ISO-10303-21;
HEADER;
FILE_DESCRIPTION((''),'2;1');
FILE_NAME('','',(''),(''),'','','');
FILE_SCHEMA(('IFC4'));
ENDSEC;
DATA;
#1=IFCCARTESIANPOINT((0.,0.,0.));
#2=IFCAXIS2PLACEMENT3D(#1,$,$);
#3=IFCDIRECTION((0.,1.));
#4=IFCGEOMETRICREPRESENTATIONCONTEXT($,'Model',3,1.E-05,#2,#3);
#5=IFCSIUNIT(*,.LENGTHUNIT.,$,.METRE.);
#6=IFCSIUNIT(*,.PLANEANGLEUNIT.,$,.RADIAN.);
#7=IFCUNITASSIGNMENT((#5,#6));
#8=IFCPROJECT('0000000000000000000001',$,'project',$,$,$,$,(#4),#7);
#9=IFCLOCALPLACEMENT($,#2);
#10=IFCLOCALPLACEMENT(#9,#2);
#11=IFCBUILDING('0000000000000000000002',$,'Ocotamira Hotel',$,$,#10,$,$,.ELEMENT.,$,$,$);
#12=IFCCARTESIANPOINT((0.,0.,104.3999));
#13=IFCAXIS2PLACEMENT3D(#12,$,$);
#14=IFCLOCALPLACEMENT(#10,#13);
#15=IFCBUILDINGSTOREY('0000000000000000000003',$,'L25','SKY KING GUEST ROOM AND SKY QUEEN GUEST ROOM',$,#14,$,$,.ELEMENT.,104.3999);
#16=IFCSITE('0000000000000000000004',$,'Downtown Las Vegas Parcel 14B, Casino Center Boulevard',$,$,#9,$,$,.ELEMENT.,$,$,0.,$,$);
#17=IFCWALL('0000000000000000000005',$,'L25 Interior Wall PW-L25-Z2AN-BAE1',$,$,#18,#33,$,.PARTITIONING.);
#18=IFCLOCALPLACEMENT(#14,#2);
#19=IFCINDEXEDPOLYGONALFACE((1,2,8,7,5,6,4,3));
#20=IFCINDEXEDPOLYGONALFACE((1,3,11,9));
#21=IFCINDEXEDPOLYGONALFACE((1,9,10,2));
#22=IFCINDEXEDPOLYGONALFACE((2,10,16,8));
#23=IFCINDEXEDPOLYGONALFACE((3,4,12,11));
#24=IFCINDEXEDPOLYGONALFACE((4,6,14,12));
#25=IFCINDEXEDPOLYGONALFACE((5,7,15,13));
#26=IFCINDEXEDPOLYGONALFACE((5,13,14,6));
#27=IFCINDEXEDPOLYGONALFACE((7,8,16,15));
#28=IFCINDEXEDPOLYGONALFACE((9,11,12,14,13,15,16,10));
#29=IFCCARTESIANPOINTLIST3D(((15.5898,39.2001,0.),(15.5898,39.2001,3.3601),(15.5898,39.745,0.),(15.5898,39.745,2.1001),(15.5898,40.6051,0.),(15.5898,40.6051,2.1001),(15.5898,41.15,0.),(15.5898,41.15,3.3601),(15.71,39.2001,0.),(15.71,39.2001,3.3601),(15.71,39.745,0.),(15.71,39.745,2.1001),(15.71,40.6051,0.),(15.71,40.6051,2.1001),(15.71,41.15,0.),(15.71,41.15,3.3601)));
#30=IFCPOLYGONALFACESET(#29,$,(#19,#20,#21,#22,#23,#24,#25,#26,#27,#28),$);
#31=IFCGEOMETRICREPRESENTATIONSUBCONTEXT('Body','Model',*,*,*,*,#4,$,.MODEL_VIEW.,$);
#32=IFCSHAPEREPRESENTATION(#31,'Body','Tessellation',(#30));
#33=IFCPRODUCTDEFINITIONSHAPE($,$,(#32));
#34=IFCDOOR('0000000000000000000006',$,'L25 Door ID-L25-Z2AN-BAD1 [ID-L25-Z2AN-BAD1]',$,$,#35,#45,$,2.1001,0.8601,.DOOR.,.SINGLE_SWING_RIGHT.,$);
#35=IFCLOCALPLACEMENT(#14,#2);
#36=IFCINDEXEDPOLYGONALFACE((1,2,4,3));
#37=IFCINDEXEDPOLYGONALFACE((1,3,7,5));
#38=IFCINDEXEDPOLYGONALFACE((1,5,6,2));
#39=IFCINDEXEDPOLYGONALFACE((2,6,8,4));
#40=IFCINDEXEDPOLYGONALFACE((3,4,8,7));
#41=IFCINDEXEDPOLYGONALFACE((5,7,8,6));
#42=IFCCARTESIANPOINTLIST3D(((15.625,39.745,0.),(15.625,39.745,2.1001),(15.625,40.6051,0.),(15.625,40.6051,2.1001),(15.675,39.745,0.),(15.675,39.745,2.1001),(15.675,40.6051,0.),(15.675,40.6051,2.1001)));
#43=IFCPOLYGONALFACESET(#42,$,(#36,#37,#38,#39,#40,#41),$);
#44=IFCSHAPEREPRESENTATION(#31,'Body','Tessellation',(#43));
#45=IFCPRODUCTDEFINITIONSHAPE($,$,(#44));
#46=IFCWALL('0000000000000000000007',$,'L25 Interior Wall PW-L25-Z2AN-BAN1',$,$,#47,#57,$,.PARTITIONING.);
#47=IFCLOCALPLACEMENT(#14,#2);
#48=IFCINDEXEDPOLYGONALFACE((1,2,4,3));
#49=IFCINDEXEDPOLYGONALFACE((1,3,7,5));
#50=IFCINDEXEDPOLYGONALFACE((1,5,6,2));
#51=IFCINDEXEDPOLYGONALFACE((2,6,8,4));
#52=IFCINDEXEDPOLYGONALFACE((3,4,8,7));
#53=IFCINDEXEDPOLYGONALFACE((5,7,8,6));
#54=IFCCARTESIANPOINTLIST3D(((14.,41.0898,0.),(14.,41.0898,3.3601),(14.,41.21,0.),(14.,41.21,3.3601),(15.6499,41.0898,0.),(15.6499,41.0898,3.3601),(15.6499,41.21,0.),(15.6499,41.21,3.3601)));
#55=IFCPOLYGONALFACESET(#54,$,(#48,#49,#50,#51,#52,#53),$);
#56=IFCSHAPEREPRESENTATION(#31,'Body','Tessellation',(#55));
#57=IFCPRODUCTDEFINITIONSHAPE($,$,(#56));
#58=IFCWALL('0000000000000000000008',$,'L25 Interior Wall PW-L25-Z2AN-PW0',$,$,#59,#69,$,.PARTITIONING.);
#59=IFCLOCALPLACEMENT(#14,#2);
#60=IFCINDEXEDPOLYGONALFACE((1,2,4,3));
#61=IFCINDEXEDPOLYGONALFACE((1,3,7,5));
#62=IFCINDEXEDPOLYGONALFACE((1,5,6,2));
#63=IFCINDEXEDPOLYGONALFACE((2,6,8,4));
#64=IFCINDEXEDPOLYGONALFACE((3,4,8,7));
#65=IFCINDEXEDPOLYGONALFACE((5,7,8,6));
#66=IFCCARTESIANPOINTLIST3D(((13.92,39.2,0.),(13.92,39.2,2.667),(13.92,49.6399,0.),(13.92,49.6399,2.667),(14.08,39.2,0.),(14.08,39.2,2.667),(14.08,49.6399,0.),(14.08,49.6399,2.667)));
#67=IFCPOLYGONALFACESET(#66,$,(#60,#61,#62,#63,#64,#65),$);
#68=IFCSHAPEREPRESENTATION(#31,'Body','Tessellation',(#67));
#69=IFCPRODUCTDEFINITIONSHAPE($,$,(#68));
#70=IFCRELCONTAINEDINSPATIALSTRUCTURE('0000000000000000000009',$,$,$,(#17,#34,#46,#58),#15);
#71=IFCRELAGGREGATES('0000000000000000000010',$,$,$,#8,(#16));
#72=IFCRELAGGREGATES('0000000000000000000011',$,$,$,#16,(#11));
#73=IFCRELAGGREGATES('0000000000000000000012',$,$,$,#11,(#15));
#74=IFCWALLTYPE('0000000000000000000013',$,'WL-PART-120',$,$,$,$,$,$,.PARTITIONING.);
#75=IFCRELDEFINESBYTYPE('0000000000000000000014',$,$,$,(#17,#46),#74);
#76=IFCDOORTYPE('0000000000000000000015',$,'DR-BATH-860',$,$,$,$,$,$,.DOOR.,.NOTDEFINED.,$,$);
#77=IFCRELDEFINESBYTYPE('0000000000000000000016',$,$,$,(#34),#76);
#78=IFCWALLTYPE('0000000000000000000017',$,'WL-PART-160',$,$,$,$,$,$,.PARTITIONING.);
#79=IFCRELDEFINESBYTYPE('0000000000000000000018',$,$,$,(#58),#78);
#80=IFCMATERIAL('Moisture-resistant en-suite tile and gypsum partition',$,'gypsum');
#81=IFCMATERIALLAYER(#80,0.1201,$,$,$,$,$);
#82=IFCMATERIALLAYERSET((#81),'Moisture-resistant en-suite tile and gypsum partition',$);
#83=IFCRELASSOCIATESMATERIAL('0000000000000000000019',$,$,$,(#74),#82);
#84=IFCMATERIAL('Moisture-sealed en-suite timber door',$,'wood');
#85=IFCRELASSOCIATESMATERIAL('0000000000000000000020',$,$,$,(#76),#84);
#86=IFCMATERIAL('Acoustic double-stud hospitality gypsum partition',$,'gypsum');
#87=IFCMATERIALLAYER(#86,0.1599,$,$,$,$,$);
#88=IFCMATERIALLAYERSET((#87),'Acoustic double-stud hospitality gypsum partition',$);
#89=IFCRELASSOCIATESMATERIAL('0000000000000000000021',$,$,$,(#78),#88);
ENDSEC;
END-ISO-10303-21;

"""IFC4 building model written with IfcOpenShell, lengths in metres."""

from ifc_helpers import new_model, si_unit, direction, frame, frame_2d, origin, place, context, subcontext, project, spatial, rectangle, extrude, source, transform, mapped, material, layer, layer_set, type_object, element, fill, save


model = new_model("IFC4")

# Units and contexts
model_context = context("Model", 3, precision=1e-05, world=origin(), true_north=direction((0.0, 1.0)))
body_context = subcontext(model_context, "Body", "Model", "MODEL_VIEW")
ifc_project = project(units=[si_unit("LENGTHUNIT", "METRE"), si_unit("PLANEANGLEUNIT", "RADIAN")], contexts=[model_context])

# Site, building, storey
site_placement = place(None, origin())
site = spatial("IfcSite", under=ifc_project, at=site_placement, Name="Downtown Las Vegas Parcel 14B, Casino Center Boulevard", CompositionType="ELEMENT", RefElevation=0.0)
building_placement = place(site_placement, origin())
building = spatial("IfcBuilding", under=site, at=building_placement, Name="Ocotamira Hotel", CompositionType="ELEMENT")
storey_placement = place(building_placement, frame((0.0, 0.0, 104.3999)))
storey = spatial("IfcBuildingStorey", under=building, at=storey_placement, Name="L25", Description="SKY KING GUEST ROOM AND SKY QUEEN GUEST ROOM", CompositionType="ELEMENT", Elevation=104.3999)

# Wall, opening, door
ifc_material_1 = material(Name="Moisture-resistant en-suite tile and gypsum partition", Category="gypsum")
ifc_layer_1 = layer(ifc_material_1, 0.1201)
ifc_layer_set_1 = layer_set([ifc_layer_1], Name="Moisture-resistant en-suite tile and gypsum partition")
wall_type_1 = type_object("IfcWallType", Name="WL-PART-120", PredefinedType="PARTITIONING", material=ifc_layer_set_1)
wall_1_placement = place(storey_placement, frame((15.6499, 39.2, 0.0), z_axis=(0.0, 0.0, 1.0), x_axis=(0.0, 1.0, 0.0)))
wall_1 = element("IfcWall", 1, at=wall_1_placement, inside=storey, type_object=wall_type_1, Name="L25 Interior Wall PW-L25-Z2AN-BAE1", PredefinedType="PARTITIONING", context=body_context, shape_type="SweptSolid", body=[
    extrude(rectangle(XDim=1.95, YDim=0.1201, at=frame_2d((0.9751, 0.0))), origin(), (0.0, 0.0, 1.0), 3.3601),
])
opening_1_placement = place(wall_1_placement, frame((0.5449, 0.0, 0.0)))
opening_1 = element("IfcOpeningElement", 2, at=opening_1_placement, cuts=wall_1, PredefinedType="OPENING", context=body_context, shape_type="SweptSolid", body=[
    extrude(rectangle(XDim=0.8601, YDim=2.1001, at=frame_2d((0.4302, 1.05))), frame((0.0, 0.0701, 0.0), z_axis=(0.0, -1.0, 0.0), x_axis=(1.0, 0.0, 0.0)), (0.0, 0.0, 1.0), 0.1401),
])
ifc_material_2 = material(Name="Moisture-sealed en-suite timber door", Category="wood")
door_type_1 = type_object("IfcDoorType", Name="DR-BATH-860", OperationType="NOTDEFINED", PredefinedType="DOOR", material=ifc_material_2)
shared_shape_1 = source(origin(), body_context, "Body", "SweptSolid", [
    extrude(rectangle(XDim=0.8601, YDim=2.1001, at=frame_2d((0.4302, 1.05))), frame((0.0, 0.0249, 0.0), z_axis=(0.0, -1.0, 0.0), x_axis=(1.0, 0.0, 0.0)), (0.0, 0.0, 1.0), 0.05),
])
door_1_placement = place(opening_1_placement, origin())
door_1 = element("IfcDoor", 3, at=door_1_placement, inside=storey, type_object=door_type_1, Name="L25 Door ID-L25-Z2AN-BAD1 [ID-L25-Z2AN-BAD1]", OperationType="SINGLE_SWING_RIGHT", OverallHeight=2.1001, OverallWidth=0.8601, PredefinedType="DOOR", context=body_context, shape_type="MappedRepresentation", body=[
    mapped(shared_shape_1, transform((0.0, 0.0, 0.0), scale=1.0)),
])
fill(opening_1, door_1)

# Walls
wall_2_placement = place(storey_placement, frame((14.0, 41.1499, 0.0), z_axis=(0.0, 0.0, 1.0), x_axis=(1.0, 0.0, 0.0)))
element("IfcWall", 4, at=wall_2_placement, inside=storey, type_object=wall_type_1, Name="L25 Interior Wall PW-L25-Z2AN-BAN1", PredefinedType="PARTITIONING", context=body_context, shape_type="SweptSolid", body=[
    extrude(rectangle(XDim=1.6499, YDim=0.1201, at=frame_2d((0.825, 0.0))), origin(), (0.0, 0.0, 1.0), 3.3601),
])
ifc_material_3 = material(Name="Acoustic double-stud hospitality gypsum partition", Category="gypsum")
ifc_layer_2 = layer(ifc_material_3, 0.1599)
ifc_layer_set_2 = layer_set([ifc_layer_2], Name="Acoustic double-stud hospitality gypsum partition")
wall_type_2 = type_object("IfcWallType", Name="WL-PART-160", PredefinedType="PARTITIONING", material=ifc_layer_set_2)
wall_3_placement = place(storey_placement, frame((14.0, 39.2, 0.0), z_axis=(0.0, 0.0, 1.0), x_axis=(0.0, 1.0, 0.0)))
element("IfcWall", 5, at=wall_3_placement, inside=storey, type_object=wall_type_2, Name="L25 Interior Wall PW-L25-Z2AN-PW0", PredefinedType="PARTITIONING", context=body_context, shape_type="SweptSolid", body=[
    extrude(rectangle(XDim=10.4399, YDim=0.1599, at=frame_2d((5.22, 0.0))), origin(), (0.0, 0.0, 1.0), 2.667),
])

save(model, "model.ifc")
